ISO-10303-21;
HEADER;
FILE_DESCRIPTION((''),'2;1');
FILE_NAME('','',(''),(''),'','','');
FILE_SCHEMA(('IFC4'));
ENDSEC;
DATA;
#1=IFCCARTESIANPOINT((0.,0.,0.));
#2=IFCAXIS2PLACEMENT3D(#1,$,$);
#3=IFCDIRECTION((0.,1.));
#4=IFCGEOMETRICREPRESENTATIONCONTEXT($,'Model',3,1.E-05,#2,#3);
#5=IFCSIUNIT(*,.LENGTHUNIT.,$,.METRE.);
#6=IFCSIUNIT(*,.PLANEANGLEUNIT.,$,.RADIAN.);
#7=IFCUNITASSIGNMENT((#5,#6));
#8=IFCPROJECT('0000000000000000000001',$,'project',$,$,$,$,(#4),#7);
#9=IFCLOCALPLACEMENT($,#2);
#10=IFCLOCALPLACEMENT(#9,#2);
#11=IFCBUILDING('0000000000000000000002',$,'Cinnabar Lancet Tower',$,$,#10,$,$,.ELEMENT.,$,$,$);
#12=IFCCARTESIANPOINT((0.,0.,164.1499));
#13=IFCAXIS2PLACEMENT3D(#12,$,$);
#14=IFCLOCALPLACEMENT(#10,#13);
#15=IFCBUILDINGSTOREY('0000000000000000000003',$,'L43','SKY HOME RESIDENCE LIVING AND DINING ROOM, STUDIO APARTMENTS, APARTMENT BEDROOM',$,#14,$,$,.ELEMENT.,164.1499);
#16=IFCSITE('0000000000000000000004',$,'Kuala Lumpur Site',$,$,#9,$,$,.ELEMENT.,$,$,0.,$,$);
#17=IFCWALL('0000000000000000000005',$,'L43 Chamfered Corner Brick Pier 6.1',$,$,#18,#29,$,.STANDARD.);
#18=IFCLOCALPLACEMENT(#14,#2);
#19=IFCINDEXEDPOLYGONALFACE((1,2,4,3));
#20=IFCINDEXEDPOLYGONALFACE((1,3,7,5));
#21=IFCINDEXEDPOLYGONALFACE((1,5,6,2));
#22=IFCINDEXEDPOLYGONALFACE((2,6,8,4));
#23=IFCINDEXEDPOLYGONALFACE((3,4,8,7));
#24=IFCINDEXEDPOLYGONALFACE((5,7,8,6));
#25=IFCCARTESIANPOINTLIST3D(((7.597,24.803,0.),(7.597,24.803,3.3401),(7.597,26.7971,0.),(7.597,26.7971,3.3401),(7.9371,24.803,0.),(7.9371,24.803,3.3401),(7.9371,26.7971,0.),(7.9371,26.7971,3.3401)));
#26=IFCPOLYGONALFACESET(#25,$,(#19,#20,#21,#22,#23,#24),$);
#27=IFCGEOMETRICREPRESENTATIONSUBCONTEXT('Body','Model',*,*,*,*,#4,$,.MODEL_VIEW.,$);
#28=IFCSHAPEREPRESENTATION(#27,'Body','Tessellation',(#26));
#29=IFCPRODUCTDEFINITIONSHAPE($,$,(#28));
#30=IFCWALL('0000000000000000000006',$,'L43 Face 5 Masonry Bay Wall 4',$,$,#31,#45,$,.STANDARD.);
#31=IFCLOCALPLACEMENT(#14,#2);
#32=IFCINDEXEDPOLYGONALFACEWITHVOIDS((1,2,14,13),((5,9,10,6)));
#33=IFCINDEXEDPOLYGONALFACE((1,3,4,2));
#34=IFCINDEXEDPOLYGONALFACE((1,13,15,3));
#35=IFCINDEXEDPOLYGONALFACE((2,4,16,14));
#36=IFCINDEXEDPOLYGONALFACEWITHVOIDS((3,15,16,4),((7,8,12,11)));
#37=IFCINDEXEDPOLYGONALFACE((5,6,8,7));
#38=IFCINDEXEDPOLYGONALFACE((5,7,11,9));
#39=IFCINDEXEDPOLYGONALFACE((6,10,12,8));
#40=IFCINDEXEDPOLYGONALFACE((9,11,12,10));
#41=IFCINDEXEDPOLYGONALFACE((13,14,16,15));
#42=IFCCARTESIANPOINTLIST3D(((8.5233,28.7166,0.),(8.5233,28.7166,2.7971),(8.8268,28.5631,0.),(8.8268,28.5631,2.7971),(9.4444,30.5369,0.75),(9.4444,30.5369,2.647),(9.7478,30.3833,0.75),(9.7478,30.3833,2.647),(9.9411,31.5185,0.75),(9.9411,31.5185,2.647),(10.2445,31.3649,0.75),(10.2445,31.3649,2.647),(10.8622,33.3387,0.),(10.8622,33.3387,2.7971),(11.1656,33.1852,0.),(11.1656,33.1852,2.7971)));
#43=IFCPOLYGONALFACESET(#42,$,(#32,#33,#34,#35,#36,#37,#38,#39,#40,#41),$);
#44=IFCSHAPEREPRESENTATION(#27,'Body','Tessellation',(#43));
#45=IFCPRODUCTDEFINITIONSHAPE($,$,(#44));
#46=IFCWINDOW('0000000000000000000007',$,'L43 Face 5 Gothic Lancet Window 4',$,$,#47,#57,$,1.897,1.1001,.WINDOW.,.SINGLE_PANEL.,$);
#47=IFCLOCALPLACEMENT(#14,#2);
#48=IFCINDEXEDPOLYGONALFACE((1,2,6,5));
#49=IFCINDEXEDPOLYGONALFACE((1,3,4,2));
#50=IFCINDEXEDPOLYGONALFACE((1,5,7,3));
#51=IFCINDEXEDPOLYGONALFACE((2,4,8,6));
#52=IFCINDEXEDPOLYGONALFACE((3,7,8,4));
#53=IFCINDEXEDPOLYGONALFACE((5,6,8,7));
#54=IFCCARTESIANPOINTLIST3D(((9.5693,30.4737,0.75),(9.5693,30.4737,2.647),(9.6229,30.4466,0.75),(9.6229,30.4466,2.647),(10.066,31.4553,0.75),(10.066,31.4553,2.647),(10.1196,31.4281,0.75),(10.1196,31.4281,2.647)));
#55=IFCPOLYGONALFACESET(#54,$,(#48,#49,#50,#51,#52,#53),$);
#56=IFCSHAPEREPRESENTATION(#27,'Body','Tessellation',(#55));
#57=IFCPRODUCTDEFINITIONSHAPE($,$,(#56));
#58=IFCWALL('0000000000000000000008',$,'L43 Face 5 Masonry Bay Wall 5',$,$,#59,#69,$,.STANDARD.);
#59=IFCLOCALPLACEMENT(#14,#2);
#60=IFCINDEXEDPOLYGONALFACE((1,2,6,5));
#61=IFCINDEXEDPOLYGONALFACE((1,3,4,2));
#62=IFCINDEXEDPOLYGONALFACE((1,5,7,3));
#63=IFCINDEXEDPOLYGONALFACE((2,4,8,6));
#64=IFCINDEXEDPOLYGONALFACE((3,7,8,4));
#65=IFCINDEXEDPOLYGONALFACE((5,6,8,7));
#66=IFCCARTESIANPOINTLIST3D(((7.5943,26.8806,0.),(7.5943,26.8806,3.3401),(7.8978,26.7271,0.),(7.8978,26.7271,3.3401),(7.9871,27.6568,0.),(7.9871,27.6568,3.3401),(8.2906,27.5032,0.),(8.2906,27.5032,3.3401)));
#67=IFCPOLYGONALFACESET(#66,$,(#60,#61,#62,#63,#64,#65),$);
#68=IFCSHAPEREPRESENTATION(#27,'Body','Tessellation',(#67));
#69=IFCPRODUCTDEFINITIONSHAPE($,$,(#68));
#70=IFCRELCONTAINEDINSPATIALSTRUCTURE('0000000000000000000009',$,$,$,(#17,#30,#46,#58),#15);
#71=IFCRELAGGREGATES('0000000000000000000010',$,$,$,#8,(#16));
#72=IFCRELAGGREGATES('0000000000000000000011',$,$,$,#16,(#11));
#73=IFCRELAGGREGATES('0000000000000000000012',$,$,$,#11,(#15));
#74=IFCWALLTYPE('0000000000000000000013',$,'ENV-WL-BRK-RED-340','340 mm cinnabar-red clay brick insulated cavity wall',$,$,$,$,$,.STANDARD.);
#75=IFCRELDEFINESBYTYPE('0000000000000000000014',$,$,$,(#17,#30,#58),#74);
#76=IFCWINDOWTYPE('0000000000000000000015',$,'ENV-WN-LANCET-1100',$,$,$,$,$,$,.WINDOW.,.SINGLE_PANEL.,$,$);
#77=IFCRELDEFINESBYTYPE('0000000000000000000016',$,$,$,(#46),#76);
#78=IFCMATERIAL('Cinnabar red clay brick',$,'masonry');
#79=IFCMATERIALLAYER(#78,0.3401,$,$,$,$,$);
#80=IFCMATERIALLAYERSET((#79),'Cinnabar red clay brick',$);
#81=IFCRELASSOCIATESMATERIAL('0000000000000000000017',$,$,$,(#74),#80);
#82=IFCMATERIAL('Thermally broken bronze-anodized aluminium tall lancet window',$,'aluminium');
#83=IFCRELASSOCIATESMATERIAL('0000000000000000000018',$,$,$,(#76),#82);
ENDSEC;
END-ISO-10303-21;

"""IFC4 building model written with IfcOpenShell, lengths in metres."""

from ifc_helpers import new_model, si_unit, direction, frame, frame_2d, origin, place, context, subcontext, project, spatial, rectangle, extrude, material, layer, layer_set, type_object, element, fill, save


model = new_model("IFC4")

# Units and contexts
model_context = context("Model", 3, precision=1e-05, world=origin(), true_north=direction((0.0, 1.0)))
body_context = subcontext(model_context, "Body", "Model", "MODEL_VIEW")
ifc_project = project(units=[si_unit("LENGTHUNIT", "METRE"), si_unit("PLANEANGLEUNIT", "RADIAN")], contexts=[model_context])

# Site, building, storey
site_placement = place(None, origin())
site = spatial("IfcSite", under=ifc_project, at=site_placement, Name="Kuala Lumpur Site", CompositionType="ELEMENT", RefElevation=0.0)
building_placement = place(site_placement, origin())
building = spatial("IfcBuilding", under=site, at=building_placement, Name="Cinnabar Lancet Tower", CompositionType="ELEMENT")
storey_placement = place(building_placement, frame((0.0, 0.0, 164.1499)))
storey = spatial("IfcBuildingStorey", under=building, at=storey_placement, Name="L43", Description="SKY HOME RESIDENCE LIVING AND DINING ROOM, STUDIO APARTMENTS, APARTMENT BEDROOM", CompositionType="ELEMENT", Elevation=164.1499)

# Wall
ifc_material_1 = material(Name="Cinnabar red clay brick", Category="masonry")
ifc_layer_1 = layer(ifc_material_1, 0.3401)
ifc_layer_set_1 = layer_set([ifc_layer_1], Name="Cinnabar red clay brick")
wall_type_1 = type_object("IfcWallType", Name="ENV-WL-BRK-RED-340", Description="340 mm cinnabar-red clay brick insulated cavity wall", PredefinedType="STANDARD", material=ifc_layer_set_1)
wall_1_placement = place(storey_placement, frame((7.7671, 26.7971, 0.0), z_axis=(0.0, 0.0, 1.0), x_axis=(0.0, -1.0, 0.0)))
element("IfcWall", 1, at=wall_1_placement, inside=storey, type_object=wall_type_1, Name="L43 Chamfered Corner Brick Pier 6.1", PredefinedType="STANDARD", context=body_context, shape_type="SweptSolid", body=[
    extrude(rectangle(XDim=1.9941, YDim=0.3401, at=frame_2d((0.9971, 0.0))), origin(), (0.0, 0.0, 1.0), 3.3401),
])

# Wall, opening, window
wall_2_placement = place(storey_placement, frame((11.0139, 33.262, 0.0), z_axis=(0.0, 0.0, 1.0), x_axis=(-0.451507, -0.892268, 0.0)))
wall_2 = element("IfcWall", 2, at=wall_2_placement, inside=storey, type_object=wall_type_1, Name="L43 Face 5 Masonry Bay Wall 4", PredefinedType="STANDARD", context=body_context, shape_type="SweptSolid", body=[
    extrude(rectangle(XDim=5.1802, YDim=0.3401, at=frame_2d((2.5901, 0.0))), origin(), (0.0, 0.0, 1.0), 2.7971),
])
opening_placement = place(wall_2_placement, frame((2.04, 0.0, 0.75)))
opening = element("IfcOpeningElement", 3, at=opening_placement, cuts=wall_2, PredefinedType="OPENING", context=body_context, shape_type="SweptSolid", body=[
    extrude(rectangle(XDim=1.1001, YDim=1.897, at=frame_2d((0.55, 0.9485))), frame((0.0, 0.1799, 0.0), z_axis=(0.0, -1.0, 0.0), x_axis=(1.0, 0.0, 0.0)), (0.0, 0.0, 1.0), 0.3601),
])
ifc_material_2 = material(Name="Thermally broken bronze-anodized aluminium tall lancet window", Category="aluminium")
window_type = type_object("IfcWindowType", Name="ENV-WN-LANCET-1100", PartitioningType="SINGLE_PANEL", PredefinedType="WINDOW", material=ifc_material_2)
window_placement = place(opening_placement, origin())
window = element("IfcWindow", 4, at=window_placement, inside=storey, type_object=window_type, Name="L43 Face 5 Gothic Lancet Window 4", OverallHeight=1.897, OverallWidth=1.1001, PartitioningType="SINGLE_PANEL", PredefinedType="WINDOW", context=body_context, shape_type="SweptSolid", body=[
    extrude(rectangle(XDim=1.1001, YDim=1.897, at=frame_2d((0.55, 0.9485))), frame((0.0, 0.03, 0.0), z_axis=(0.0, -1.0, 0.0), x_axis=(1.0, 0.0, 0.0)), (0.0, 0.0, 1.0), 0.0601),
])
fill(opening, window)

# Wall
wall_3_placement = place(storey_placement, frame((8.1389, 27.5801, 0.0), z_axis=(0.0, 0.0, 1.0), x_axis=(-0.451587, -0.892227, 0.0)))
element("IfcWall", 5, at=wall_3_placement, inside=storey, type_object=wall_type_1, Name="L43 Face 5 Masonry Bay Wall 5", PredefinedType="STANDARD", context=body_context, shape_type="SweptSolid", body=[
    extrude(rectangle(XDim=0.8699, YDim=0.3401, at=frame_2d((0.4351, 0.0))), origin(), (0.0, 0.0, 1.0), 3.3401),
])

save(model, "model.ifc")
